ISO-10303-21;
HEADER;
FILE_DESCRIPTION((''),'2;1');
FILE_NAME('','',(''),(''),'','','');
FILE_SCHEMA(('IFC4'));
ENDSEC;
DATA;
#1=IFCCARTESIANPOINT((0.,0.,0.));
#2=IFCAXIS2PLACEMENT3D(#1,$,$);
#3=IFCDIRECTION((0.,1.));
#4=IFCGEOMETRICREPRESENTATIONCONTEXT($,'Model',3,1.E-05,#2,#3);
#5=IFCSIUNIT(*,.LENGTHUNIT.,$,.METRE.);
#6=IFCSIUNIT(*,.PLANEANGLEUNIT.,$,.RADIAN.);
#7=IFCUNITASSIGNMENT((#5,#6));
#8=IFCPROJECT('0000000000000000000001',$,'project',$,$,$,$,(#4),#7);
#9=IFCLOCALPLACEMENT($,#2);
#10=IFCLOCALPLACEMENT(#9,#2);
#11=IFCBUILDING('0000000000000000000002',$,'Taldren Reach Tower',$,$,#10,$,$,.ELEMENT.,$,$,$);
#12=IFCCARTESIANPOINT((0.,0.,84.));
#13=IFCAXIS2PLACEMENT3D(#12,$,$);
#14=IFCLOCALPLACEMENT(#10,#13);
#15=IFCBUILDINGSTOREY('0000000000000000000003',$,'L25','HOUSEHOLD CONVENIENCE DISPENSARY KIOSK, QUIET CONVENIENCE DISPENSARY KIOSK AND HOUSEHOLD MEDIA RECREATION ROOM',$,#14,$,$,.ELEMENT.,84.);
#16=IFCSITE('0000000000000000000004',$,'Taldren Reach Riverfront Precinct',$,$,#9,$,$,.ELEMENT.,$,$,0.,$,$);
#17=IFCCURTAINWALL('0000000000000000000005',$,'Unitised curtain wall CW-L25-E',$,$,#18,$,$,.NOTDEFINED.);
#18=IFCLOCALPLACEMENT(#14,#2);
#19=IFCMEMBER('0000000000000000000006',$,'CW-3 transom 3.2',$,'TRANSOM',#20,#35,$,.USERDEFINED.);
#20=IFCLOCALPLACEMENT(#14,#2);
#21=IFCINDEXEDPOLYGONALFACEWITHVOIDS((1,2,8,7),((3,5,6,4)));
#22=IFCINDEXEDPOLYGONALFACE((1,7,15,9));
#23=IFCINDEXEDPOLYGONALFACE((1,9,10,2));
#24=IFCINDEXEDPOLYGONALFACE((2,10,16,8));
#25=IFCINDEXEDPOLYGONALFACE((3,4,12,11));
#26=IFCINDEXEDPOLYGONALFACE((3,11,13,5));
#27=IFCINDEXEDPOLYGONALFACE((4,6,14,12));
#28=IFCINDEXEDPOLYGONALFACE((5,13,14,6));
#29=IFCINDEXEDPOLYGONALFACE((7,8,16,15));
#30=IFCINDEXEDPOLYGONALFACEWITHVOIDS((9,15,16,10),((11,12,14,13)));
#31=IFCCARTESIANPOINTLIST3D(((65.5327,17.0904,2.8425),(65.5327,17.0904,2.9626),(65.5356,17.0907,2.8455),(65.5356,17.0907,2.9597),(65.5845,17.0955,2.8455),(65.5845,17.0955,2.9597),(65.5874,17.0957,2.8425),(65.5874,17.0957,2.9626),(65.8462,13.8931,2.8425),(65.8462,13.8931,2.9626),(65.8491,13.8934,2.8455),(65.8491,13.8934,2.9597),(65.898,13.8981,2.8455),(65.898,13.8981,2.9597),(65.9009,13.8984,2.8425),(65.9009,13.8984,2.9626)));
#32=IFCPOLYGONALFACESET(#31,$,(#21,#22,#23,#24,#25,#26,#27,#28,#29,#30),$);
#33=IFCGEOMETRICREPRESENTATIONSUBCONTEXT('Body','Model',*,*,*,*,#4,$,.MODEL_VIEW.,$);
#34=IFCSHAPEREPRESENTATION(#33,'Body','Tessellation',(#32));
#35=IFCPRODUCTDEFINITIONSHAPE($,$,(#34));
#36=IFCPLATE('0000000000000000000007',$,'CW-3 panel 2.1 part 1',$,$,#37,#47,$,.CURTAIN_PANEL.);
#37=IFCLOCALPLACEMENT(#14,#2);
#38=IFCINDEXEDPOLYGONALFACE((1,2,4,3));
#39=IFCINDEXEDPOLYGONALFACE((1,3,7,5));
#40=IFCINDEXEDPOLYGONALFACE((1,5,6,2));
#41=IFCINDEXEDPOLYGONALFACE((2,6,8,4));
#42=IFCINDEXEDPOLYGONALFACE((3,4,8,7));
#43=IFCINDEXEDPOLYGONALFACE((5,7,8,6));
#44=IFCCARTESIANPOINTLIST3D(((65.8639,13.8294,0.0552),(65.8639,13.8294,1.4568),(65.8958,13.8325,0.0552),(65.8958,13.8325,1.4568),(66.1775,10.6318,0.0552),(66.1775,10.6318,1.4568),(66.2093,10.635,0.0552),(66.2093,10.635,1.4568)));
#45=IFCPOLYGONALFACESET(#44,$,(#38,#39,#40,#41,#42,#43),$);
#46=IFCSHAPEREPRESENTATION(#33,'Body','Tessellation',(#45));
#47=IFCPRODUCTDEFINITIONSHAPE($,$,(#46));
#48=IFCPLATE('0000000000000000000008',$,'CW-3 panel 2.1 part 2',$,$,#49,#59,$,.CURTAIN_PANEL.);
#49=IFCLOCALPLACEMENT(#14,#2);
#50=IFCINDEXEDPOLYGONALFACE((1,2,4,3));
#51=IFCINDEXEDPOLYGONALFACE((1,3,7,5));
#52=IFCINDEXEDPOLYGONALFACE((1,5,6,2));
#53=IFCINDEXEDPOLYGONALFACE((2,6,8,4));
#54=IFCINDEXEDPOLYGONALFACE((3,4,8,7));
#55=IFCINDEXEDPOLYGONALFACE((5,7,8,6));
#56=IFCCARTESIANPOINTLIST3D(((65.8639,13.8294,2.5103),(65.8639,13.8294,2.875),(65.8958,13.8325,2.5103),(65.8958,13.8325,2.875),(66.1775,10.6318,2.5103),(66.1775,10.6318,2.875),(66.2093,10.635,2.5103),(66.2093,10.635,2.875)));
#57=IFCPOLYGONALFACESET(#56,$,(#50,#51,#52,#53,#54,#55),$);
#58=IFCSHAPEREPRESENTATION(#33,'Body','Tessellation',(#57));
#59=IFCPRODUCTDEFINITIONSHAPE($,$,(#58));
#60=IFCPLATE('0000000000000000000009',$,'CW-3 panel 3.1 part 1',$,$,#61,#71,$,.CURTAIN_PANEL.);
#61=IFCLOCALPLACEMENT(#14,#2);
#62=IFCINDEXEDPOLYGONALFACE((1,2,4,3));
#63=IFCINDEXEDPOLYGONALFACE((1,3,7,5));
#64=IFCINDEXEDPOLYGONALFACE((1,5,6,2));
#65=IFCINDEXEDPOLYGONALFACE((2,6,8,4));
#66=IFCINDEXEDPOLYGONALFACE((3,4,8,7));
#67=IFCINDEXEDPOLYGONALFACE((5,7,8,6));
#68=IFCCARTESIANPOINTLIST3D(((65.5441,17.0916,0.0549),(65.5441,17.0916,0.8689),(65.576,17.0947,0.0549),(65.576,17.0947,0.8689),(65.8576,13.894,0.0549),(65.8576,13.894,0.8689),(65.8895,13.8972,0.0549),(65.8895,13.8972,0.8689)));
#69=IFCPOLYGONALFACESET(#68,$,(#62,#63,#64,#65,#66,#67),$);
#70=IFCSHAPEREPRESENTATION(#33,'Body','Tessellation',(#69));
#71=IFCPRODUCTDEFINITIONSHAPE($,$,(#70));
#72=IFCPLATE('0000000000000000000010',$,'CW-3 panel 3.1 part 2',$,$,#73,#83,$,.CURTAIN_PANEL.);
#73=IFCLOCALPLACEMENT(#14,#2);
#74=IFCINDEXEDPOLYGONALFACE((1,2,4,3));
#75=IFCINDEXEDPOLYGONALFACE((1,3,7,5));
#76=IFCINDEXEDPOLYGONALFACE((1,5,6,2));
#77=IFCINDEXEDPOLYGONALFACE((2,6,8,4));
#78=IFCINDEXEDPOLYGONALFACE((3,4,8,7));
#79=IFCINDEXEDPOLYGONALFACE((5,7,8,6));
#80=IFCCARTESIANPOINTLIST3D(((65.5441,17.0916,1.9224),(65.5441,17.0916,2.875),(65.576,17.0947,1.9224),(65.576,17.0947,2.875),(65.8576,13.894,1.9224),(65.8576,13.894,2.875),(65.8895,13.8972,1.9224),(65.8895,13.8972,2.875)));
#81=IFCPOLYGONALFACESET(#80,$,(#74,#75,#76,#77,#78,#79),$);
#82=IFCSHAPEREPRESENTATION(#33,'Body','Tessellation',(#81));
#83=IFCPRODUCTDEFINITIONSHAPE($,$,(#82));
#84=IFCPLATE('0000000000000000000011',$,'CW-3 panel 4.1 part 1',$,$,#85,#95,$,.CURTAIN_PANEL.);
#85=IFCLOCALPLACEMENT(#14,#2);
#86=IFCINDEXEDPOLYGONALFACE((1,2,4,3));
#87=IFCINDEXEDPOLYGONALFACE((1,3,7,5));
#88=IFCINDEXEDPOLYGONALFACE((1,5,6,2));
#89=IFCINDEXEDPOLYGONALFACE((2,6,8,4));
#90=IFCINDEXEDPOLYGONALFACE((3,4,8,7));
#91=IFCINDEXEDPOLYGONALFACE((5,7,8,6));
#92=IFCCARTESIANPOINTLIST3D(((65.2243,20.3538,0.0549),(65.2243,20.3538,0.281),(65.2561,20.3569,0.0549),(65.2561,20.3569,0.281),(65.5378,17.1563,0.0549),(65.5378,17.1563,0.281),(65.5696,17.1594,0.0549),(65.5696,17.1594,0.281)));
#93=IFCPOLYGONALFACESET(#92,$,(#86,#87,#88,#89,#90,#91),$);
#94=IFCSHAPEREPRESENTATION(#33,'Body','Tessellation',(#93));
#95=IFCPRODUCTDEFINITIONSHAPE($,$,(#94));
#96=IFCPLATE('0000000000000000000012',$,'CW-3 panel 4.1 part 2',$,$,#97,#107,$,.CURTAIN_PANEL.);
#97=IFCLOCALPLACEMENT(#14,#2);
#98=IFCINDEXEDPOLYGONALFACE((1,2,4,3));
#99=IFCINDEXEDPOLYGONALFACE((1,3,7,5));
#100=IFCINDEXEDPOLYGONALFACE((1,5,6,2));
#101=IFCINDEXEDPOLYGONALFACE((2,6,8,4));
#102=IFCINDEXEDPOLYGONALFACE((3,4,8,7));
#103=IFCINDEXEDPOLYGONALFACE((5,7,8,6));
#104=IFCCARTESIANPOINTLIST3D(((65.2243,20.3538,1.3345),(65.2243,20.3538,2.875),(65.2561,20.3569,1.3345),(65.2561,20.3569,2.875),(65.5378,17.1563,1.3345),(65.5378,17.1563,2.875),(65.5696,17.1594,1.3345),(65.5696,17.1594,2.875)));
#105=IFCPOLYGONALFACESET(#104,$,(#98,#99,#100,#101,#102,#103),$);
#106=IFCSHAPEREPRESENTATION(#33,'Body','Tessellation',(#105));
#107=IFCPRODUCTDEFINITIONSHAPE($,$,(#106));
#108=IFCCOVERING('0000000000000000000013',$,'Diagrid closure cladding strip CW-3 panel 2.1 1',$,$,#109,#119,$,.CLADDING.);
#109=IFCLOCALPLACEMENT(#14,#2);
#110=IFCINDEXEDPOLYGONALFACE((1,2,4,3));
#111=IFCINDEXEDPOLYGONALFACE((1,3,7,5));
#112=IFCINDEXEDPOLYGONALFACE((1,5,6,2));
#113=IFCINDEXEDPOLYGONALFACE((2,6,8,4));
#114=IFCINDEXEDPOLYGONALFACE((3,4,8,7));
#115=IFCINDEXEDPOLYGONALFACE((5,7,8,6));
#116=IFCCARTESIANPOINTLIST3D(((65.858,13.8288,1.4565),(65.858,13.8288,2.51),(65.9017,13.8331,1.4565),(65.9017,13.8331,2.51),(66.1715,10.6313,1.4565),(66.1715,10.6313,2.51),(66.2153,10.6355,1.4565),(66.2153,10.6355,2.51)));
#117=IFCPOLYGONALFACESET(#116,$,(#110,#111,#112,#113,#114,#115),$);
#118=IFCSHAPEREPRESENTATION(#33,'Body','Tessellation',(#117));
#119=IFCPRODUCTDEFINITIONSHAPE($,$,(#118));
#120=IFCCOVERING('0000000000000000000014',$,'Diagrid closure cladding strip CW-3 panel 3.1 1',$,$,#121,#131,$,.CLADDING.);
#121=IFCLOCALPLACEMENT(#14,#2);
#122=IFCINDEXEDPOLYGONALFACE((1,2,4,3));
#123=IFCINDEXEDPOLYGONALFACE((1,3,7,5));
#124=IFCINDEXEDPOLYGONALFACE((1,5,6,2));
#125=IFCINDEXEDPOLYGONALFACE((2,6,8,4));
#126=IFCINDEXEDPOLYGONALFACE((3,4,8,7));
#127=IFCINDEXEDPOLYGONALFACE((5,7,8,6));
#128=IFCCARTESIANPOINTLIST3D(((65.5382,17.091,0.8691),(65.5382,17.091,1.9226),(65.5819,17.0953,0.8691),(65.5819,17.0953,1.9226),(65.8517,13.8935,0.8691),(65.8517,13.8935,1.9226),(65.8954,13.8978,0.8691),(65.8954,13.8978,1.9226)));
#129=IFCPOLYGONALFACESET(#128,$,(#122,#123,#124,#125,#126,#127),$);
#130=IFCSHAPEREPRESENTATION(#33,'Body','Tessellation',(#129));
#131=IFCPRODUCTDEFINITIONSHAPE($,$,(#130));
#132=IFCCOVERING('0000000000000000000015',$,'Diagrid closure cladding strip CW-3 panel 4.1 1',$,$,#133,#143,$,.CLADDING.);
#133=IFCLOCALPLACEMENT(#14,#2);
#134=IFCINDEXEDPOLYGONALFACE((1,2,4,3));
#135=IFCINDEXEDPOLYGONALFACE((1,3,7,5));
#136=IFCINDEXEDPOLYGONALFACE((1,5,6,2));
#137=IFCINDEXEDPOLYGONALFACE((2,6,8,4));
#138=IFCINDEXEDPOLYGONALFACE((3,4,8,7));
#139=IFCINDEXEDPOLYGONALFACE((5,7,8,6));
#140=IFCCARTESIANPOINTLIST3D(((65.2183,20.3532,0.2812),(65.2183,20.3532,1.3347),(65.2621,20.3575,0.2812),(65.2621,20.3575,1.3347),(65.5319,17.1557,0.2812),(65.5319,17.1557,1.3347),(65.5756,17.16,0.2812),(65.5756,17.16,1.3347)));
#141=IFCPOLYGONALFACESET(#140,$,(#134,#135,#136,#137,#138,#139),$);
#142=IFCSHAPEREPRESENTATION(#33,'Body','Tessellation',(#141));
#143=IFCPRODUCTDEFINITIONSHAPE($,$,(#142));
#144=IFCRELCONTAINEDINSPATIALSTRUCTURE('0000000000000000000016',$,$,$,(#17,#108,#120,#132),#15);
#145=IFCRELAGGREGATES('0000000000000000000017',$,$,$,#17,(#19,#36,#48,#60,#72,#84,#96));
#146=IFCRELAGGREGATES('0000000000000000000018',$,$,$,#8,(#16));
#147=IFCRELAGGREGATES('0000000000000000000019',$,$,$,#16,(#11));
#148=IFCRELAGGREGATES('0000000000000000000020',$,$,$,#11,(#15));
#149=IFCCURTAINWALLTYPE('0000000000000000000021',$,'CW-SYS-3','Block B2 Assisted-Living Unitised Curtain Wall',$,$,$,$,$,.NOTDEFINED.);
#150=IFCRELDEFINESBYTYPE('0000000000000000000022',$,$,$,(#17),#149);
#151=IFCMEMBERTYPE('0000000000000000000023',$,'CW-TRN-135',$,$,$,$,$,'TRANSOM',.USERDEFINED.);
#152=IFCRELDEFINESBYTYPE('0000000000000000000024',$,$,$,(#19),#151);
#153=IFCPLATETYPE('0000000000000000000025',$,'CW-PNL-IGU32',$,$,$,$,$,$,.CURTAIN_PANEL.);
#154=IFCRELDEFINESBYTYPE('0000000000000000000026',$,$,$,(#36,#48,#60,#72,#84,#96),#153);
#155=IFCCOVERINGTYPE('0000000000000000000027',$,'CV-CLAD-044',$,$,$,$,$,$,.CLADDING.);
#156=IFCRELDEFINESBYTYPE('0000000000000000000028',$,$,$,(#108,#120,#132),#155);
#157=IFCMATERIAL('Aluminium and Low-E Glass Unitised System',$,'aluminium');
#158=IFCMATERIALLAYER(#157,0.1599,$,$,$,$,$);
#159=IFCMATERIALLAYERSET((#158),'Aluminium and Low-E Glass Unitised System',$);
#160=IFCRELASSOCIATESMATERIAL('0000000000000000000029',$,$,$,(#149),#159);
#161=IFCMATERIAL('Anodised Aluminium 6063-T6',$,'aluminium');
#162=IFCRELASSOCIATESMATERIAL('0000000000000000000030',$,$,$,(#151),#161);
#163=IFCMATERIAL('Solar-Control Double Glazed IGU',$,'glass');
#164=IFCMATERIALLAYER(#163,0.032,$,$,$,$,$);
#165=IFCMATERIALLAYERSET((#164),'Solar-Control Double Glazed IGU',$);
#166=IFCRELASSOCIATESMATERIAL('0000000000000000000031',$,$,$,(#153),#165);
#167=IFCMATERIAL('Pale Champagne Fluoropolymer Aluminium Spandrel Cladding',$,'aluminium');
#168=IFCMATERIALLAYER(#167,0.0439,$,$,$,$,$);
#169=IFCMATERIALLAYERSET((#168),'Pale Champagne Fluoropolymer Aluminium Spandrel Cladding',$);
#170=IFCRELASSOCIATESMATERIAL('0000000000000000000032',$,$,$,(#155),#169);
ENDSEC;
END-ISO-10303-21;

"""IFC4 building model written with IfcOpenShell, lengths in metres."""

from ifc_helpers import new_model, si_unit, direction, frame, origin, origin_2d, place, context, subcontext, project, spatial, rectangle, hollow_rectangle, extrude, source, transform, mapped, material, layer, layer_set, material_profile, profile_set, type_object, element, aggregate, save


model = new_model("IFC4")

# Units and contexts
model_context = context("Model", 3, precision=1e-05, world=origin(), true_north=direction((0.0, 1.0)))
body_context = subcontext(model_context, "Body", "Model", "MODEL_VIEW")
ifc_project = project(units=[si_unit("LENGTHUNIT", "METRE"), si_unit("PLANEANGLEUNIT", "RADIAN")], contexts=[model_context])

# Site, building, storey
site_placement = place(None, origin())
site = spatial("IfcSite", under=ifc_project, at=site_placement, Name="Taldren Reach Riverfront Precinct", CompositionType="ELEMENT", RefElevation=0.0)
building_placement = place(site_placement, origin())
building = spatial("IfcBuilding", under=site, at=building_placement, Name="Taldren Reach Tower", CompositionType="ELEMENT")
storey_placement = place(building_placement, frame((0.0, 0.0, 84.0)))
storey = spatial("IfcBuildingStorey", under=building, at=storey_placement, Name="L25", Description="HOUSEHOLD CONVENIENCE DISPENSARY KIOSK, QUIET CONVENIENCE DISPENSARY KIOSK AND HOUSEHOLD MEDIA RECREATION ROOM", CompositionType="ELEMENT", Elevation=84.0)

# Curtain wall, member, plates
ifc_material_1 = material(Name="Aluminium and Low-E Glass Unitised System", Category="aluminium")
ifc_layer_1 = layer(ifc_material_1, 0.1599)
ifc_layer_set_1 = layer_set([ifc_layer_1], Name="Aluminium and Low-E Glass Unitised System")
curtain_wall_type = type_object("IfcCurtainWallType", Name="CW-SYS-3", Description="Block B2 Assisted-Living Unitised Curtain Wall", PredefinedType="NOTDEFINED", material=ifc_layer_set_1)
curtain_wall_placement = place(storey_placement, origin())
curtain_wall = element("IfcCurtainWall", 1, at=curtain_wall_placement, inside=storey, type_object=curtain_wall_type, Name="Unitised curtain wall CW-L25-E", PredefinedType="NOTDEFINED")
ifc_material_2 = material(Name="Anodised Aluminium 6063-T6", Category="aluminium")
ifc_material_profile_1 = material_profile(ifc_material_2, hollow_rectangle(XDim=0.0549, YDim=0.1201, WallThickness=0.0029, at=origin_2d()), Name="ALU-120x55x3RHS")
ifc_profile_set_1 = profile_set([ifc_material_profile_1], Name="Anodised Aluminium 6063-T6")
member_type_1 = type_object("IfcMemberType", Name="CW-TRN-135", ElementType="TRANSOM", PredefinedType="USERDEFINED", material=ifc_profile_set_1)
shared_shape_1 = source(origin(), body_context, "Body", "SweptSolid", [
    extrude(hollow_rectangle(XDim=0.0549, YDim=0.1201, WallThickness=0.0029, at=origin_2d()), origin(), (0.0, 0.0, 1.0), 3.2126),
])
member_1_placement = place(storey_placement, frame((65.8735, 13.8958, 2.9026), z_axis=(-0.097577, 0.995228, 0.0), x_axis=(-0.995228, -0.097577, 0.0)))
member_1 = element("IfcMember", 2, at=member_1_placement, type_object=member_type_1, Name="CW-3 transom 3.2", ObjectType="TRANSOM", PredefinedType="USERDEFINED", context=body_context, shape_type="MappedRepresentation", body=[
    mapped(shared_shape_1, transform((0.0, 0.0, 0.0), scale=1.0)),
])
ifc_material_3 = material(Name="Solar-Control Double Glazed IGU", Category="glass")
ifc_layer_2 = layer(ifc_material_3, 0.032)
ifc_layer_set_2 = layer_set([ifc_layer_2], Name="Solar-Control Double Glazed IGU")
plate_type = type_object("IfcPlateType", Name="CW-PNL-IGU32", PredefinedType="CURTAIN_PANEL", material=ifc_layer_set_2)
shared_shape_2 = source(origin(), body_context, "Body", "SweptSolid", [
    extrude(rectangle(XDim=3.2129, YDim=0.032, at=origin_2d()), origin(), (0.0, 0.0, 1.0), 1.4016),
])
plate_1_placement = place(storey_placement, frame((66.0366, 12.2322, 0.0552), z_axis=(0.0, 0.0, 1.0), x_axis=(-0.097583, 0.995227, 0.0)))
plate_1 = element("IfcPlate", 3, at=plate_1_placement, type_object=plate_type, Name="CW-3 panel 2.1 part 1", PredefinedType="CURTAIN_PANEL", context=body_context, shape_type="MappedRepresentation", body=[
    mapped(shared_shape_2, transform((0.0, 0.0, 0.0), scale=1.0)),
])
shared_shape_3 = source(origin(), body_context, "Body", "SweptSolid", [
    extrude(rectangle(XDim=3.2129, YDim=0.032, at=origin_2d()), origin(), (0.0, 0.0, 1.0), 0.3647),
])
plate_2_placement = place(storey_placement, frame((66.0366, 12.2322, 2.5103), z_axis=(0.0, 0.0, 1.0), x_axis=(-0.097583, 0.995227, 0.0)))
plate_2 = element("IfcPlate", 4, at=plate_2_placement, type_object=plate_type, Name="CW-3 panel 2.1 part 2", PredefinedType="CURTAIN_PANEL", context=body_context, shape_type="MappedRepresentation", body=[
    mapped(shared_shape_3, transform((0.0, 0.0, 0.0), scale=1.0)),
])
shared_shape_4 = source(origin(), body_context, "Body", "SweptSolid", [
    extrude(rectangle(XDim=3.2129, YDim=0.032, at=origin_2d()), origin(), (0.0, 0.0, 1.0), 0.814),
])
plate_3_placement = place(storey_placement, frame((65.7168, 15.4944, 0.0549), z_axis=(0.0, 0.0, 1.0), x_axis=(-0.097583, 0.995227, 0.0)))
plate_3 = element("IfcPlate", 5, at=plate_3_placement, type_object=plate_type, Name="CW-3 panel 3.1 part 1", PredefinedType="CURTAIN_PANEL", context=body_context, shape_type="MappedRepresentation", body=[
    mapped(shared_shape_4, transform((0.0, 0.0, 0.0), scale=1.0)),
])
shared_shape_5 = source(origin(), body_context, "Body", "SweptSolid", [
    extrude(rectangle(XDim=3.2129, YDim=0.032, at=origin_2d()), origin(), (0.0, 0.0, 1.0), 0.9526),
])
plate_4_placement = place(storey_placement, frame((65.7168, 15.4944, 1.9224), z_axis=(0.0, 0.0, 1.0), x_axis=(-0.097583, 0.995227, 0.0)))
plate_4 = element("IfcPlate", 6, at=plate_4_placement, type_object=plate_type, Name="CW-3 panel 3.1 part 2", PredefinedType="CURTAIN_PANEL", context=body_context, shape_type="MappedRepresentation", body=[
    mapped(shared_shape_5, transform((0.0, 0.0, 0.0), scale=1.0)),
])
shared_shape_6 = source(origin(), body_context, "Body", "SweptSolid", [
    extrude(rectangle(XDim=3.2129, YDim=0.032, at=origin_2d()), origin(), (0.0, 0.0, 1.0), 0.2261),
])
plate_5_placement = place(storey_placement, frame((65.397, 18.7566, 0.0549), z_axis=(0.0, 0.0, 1.0), x_axis=(-0.097583, 0.995227, 0.0)))
plate_5 = element("IfcPlate", 7, at=plate_5_placement, type_object=plate_type, Name="CW-3 panel 4.1 part 1", PredefinedType="CURTAIN_PANEL", context=body_context, shape_type="MappedRepresentation", body=[
    mapped(shared_shape_6, transform((0.0, 0.0, 0.0), scale=1.0)),
])
shared_shape_7 = source(origin(), body_context, "Body", "SweptSolid", [
    extrude(rectangle(XDim=3.2129, YDim=0.032, at=origin_2d()), origin(), (0.0, 0.0, 1.0), 1.5405),
])
plate_6_placement = place(storey_placement, frame((65.397, 18.7566, 1.3345), z_axis=(0.0, 0.0, 1.0), x_axis=(-0.097583, 0.995227, 0.0)))
plate_6 = element("IfcPlate", 8, at=plate_6_placement, type_object=plate_type, Name="CW-3 panel 4.1 part 2", PredefinedType="CURTAIN_PANEL", context=body_context, shape_type="MappedRepresentation", body=[
    mapped(shared_shape_7, transform((0.0, 0.0, 0.0), scale=1.0)),
])
aggregate(curtain_wall, [member_1, plate_1, plate_2, plate_3, plate_4, plate_5, plate_6])

# Coverings
ifc_material_4 = material(Name="Pale Champagne Fluoropolymer Aluminium Spandrel Cladding", Category="aluminium")
ifc_layer_3 = layer(ifc_material_4, 0.0439)
ifc_layer_set_3 = layer_set([ifc_layer_3], Name="Pale Champagne Fluoropolymer Aluminium Spandrel Cladding")
covering_type = type_object("IfcCoveringType", Name="CV-CLAD-044", PredefinedType="CLADDING", material=ifc_layer_set_3)
shared_shape_8 = source(origin(), body_context, "Body", "SweptSolid", [
    extrude(rectangle(XDim=3.2129, YDim=0.0439, at=origin_2d()), origin(), (0.0, 0.0, 1.0), 1.0535),
])
for number, where, z_axis, x_axis, name in (
    (9, (66.0366, 12.2322, 1.4565), (0.0, 0.0, 1.0), (-0.097583, 0.995227, 0.0), "Diagrid closure cladding strip CW-3 panel 2.1 1"),
    (10, (65.7168, 15.4944, 0.8691), (0.0, 0.0, 1.0), (-0.097583, 0.995227, 0.0), "Diagrid closure cladding strip CW-3 panel 3.1 1"),
    (11, (65.397, 18.7566, 0.2812), (0.0, 0.0, 1.0), (-0.097583, 0.995227, 0.0), "Diagrid closure cladding strip CW-3 panel 4.1 1"),
):
    element("IfcCovering", number, at=place(storey_placement, frame(where, z_axis=z_axis, x_axis=x_axis)), inside=storey, type_object=covering_type, Name=name, PredefinedType="CLADDING", context=body_context, shape_type="MappedRepresentation", body=[
        mapped(shared_shape_8, transform((0.0, 0.0, 0.0), scale=1.0)),
    ])

save(model, "model.ifc")
